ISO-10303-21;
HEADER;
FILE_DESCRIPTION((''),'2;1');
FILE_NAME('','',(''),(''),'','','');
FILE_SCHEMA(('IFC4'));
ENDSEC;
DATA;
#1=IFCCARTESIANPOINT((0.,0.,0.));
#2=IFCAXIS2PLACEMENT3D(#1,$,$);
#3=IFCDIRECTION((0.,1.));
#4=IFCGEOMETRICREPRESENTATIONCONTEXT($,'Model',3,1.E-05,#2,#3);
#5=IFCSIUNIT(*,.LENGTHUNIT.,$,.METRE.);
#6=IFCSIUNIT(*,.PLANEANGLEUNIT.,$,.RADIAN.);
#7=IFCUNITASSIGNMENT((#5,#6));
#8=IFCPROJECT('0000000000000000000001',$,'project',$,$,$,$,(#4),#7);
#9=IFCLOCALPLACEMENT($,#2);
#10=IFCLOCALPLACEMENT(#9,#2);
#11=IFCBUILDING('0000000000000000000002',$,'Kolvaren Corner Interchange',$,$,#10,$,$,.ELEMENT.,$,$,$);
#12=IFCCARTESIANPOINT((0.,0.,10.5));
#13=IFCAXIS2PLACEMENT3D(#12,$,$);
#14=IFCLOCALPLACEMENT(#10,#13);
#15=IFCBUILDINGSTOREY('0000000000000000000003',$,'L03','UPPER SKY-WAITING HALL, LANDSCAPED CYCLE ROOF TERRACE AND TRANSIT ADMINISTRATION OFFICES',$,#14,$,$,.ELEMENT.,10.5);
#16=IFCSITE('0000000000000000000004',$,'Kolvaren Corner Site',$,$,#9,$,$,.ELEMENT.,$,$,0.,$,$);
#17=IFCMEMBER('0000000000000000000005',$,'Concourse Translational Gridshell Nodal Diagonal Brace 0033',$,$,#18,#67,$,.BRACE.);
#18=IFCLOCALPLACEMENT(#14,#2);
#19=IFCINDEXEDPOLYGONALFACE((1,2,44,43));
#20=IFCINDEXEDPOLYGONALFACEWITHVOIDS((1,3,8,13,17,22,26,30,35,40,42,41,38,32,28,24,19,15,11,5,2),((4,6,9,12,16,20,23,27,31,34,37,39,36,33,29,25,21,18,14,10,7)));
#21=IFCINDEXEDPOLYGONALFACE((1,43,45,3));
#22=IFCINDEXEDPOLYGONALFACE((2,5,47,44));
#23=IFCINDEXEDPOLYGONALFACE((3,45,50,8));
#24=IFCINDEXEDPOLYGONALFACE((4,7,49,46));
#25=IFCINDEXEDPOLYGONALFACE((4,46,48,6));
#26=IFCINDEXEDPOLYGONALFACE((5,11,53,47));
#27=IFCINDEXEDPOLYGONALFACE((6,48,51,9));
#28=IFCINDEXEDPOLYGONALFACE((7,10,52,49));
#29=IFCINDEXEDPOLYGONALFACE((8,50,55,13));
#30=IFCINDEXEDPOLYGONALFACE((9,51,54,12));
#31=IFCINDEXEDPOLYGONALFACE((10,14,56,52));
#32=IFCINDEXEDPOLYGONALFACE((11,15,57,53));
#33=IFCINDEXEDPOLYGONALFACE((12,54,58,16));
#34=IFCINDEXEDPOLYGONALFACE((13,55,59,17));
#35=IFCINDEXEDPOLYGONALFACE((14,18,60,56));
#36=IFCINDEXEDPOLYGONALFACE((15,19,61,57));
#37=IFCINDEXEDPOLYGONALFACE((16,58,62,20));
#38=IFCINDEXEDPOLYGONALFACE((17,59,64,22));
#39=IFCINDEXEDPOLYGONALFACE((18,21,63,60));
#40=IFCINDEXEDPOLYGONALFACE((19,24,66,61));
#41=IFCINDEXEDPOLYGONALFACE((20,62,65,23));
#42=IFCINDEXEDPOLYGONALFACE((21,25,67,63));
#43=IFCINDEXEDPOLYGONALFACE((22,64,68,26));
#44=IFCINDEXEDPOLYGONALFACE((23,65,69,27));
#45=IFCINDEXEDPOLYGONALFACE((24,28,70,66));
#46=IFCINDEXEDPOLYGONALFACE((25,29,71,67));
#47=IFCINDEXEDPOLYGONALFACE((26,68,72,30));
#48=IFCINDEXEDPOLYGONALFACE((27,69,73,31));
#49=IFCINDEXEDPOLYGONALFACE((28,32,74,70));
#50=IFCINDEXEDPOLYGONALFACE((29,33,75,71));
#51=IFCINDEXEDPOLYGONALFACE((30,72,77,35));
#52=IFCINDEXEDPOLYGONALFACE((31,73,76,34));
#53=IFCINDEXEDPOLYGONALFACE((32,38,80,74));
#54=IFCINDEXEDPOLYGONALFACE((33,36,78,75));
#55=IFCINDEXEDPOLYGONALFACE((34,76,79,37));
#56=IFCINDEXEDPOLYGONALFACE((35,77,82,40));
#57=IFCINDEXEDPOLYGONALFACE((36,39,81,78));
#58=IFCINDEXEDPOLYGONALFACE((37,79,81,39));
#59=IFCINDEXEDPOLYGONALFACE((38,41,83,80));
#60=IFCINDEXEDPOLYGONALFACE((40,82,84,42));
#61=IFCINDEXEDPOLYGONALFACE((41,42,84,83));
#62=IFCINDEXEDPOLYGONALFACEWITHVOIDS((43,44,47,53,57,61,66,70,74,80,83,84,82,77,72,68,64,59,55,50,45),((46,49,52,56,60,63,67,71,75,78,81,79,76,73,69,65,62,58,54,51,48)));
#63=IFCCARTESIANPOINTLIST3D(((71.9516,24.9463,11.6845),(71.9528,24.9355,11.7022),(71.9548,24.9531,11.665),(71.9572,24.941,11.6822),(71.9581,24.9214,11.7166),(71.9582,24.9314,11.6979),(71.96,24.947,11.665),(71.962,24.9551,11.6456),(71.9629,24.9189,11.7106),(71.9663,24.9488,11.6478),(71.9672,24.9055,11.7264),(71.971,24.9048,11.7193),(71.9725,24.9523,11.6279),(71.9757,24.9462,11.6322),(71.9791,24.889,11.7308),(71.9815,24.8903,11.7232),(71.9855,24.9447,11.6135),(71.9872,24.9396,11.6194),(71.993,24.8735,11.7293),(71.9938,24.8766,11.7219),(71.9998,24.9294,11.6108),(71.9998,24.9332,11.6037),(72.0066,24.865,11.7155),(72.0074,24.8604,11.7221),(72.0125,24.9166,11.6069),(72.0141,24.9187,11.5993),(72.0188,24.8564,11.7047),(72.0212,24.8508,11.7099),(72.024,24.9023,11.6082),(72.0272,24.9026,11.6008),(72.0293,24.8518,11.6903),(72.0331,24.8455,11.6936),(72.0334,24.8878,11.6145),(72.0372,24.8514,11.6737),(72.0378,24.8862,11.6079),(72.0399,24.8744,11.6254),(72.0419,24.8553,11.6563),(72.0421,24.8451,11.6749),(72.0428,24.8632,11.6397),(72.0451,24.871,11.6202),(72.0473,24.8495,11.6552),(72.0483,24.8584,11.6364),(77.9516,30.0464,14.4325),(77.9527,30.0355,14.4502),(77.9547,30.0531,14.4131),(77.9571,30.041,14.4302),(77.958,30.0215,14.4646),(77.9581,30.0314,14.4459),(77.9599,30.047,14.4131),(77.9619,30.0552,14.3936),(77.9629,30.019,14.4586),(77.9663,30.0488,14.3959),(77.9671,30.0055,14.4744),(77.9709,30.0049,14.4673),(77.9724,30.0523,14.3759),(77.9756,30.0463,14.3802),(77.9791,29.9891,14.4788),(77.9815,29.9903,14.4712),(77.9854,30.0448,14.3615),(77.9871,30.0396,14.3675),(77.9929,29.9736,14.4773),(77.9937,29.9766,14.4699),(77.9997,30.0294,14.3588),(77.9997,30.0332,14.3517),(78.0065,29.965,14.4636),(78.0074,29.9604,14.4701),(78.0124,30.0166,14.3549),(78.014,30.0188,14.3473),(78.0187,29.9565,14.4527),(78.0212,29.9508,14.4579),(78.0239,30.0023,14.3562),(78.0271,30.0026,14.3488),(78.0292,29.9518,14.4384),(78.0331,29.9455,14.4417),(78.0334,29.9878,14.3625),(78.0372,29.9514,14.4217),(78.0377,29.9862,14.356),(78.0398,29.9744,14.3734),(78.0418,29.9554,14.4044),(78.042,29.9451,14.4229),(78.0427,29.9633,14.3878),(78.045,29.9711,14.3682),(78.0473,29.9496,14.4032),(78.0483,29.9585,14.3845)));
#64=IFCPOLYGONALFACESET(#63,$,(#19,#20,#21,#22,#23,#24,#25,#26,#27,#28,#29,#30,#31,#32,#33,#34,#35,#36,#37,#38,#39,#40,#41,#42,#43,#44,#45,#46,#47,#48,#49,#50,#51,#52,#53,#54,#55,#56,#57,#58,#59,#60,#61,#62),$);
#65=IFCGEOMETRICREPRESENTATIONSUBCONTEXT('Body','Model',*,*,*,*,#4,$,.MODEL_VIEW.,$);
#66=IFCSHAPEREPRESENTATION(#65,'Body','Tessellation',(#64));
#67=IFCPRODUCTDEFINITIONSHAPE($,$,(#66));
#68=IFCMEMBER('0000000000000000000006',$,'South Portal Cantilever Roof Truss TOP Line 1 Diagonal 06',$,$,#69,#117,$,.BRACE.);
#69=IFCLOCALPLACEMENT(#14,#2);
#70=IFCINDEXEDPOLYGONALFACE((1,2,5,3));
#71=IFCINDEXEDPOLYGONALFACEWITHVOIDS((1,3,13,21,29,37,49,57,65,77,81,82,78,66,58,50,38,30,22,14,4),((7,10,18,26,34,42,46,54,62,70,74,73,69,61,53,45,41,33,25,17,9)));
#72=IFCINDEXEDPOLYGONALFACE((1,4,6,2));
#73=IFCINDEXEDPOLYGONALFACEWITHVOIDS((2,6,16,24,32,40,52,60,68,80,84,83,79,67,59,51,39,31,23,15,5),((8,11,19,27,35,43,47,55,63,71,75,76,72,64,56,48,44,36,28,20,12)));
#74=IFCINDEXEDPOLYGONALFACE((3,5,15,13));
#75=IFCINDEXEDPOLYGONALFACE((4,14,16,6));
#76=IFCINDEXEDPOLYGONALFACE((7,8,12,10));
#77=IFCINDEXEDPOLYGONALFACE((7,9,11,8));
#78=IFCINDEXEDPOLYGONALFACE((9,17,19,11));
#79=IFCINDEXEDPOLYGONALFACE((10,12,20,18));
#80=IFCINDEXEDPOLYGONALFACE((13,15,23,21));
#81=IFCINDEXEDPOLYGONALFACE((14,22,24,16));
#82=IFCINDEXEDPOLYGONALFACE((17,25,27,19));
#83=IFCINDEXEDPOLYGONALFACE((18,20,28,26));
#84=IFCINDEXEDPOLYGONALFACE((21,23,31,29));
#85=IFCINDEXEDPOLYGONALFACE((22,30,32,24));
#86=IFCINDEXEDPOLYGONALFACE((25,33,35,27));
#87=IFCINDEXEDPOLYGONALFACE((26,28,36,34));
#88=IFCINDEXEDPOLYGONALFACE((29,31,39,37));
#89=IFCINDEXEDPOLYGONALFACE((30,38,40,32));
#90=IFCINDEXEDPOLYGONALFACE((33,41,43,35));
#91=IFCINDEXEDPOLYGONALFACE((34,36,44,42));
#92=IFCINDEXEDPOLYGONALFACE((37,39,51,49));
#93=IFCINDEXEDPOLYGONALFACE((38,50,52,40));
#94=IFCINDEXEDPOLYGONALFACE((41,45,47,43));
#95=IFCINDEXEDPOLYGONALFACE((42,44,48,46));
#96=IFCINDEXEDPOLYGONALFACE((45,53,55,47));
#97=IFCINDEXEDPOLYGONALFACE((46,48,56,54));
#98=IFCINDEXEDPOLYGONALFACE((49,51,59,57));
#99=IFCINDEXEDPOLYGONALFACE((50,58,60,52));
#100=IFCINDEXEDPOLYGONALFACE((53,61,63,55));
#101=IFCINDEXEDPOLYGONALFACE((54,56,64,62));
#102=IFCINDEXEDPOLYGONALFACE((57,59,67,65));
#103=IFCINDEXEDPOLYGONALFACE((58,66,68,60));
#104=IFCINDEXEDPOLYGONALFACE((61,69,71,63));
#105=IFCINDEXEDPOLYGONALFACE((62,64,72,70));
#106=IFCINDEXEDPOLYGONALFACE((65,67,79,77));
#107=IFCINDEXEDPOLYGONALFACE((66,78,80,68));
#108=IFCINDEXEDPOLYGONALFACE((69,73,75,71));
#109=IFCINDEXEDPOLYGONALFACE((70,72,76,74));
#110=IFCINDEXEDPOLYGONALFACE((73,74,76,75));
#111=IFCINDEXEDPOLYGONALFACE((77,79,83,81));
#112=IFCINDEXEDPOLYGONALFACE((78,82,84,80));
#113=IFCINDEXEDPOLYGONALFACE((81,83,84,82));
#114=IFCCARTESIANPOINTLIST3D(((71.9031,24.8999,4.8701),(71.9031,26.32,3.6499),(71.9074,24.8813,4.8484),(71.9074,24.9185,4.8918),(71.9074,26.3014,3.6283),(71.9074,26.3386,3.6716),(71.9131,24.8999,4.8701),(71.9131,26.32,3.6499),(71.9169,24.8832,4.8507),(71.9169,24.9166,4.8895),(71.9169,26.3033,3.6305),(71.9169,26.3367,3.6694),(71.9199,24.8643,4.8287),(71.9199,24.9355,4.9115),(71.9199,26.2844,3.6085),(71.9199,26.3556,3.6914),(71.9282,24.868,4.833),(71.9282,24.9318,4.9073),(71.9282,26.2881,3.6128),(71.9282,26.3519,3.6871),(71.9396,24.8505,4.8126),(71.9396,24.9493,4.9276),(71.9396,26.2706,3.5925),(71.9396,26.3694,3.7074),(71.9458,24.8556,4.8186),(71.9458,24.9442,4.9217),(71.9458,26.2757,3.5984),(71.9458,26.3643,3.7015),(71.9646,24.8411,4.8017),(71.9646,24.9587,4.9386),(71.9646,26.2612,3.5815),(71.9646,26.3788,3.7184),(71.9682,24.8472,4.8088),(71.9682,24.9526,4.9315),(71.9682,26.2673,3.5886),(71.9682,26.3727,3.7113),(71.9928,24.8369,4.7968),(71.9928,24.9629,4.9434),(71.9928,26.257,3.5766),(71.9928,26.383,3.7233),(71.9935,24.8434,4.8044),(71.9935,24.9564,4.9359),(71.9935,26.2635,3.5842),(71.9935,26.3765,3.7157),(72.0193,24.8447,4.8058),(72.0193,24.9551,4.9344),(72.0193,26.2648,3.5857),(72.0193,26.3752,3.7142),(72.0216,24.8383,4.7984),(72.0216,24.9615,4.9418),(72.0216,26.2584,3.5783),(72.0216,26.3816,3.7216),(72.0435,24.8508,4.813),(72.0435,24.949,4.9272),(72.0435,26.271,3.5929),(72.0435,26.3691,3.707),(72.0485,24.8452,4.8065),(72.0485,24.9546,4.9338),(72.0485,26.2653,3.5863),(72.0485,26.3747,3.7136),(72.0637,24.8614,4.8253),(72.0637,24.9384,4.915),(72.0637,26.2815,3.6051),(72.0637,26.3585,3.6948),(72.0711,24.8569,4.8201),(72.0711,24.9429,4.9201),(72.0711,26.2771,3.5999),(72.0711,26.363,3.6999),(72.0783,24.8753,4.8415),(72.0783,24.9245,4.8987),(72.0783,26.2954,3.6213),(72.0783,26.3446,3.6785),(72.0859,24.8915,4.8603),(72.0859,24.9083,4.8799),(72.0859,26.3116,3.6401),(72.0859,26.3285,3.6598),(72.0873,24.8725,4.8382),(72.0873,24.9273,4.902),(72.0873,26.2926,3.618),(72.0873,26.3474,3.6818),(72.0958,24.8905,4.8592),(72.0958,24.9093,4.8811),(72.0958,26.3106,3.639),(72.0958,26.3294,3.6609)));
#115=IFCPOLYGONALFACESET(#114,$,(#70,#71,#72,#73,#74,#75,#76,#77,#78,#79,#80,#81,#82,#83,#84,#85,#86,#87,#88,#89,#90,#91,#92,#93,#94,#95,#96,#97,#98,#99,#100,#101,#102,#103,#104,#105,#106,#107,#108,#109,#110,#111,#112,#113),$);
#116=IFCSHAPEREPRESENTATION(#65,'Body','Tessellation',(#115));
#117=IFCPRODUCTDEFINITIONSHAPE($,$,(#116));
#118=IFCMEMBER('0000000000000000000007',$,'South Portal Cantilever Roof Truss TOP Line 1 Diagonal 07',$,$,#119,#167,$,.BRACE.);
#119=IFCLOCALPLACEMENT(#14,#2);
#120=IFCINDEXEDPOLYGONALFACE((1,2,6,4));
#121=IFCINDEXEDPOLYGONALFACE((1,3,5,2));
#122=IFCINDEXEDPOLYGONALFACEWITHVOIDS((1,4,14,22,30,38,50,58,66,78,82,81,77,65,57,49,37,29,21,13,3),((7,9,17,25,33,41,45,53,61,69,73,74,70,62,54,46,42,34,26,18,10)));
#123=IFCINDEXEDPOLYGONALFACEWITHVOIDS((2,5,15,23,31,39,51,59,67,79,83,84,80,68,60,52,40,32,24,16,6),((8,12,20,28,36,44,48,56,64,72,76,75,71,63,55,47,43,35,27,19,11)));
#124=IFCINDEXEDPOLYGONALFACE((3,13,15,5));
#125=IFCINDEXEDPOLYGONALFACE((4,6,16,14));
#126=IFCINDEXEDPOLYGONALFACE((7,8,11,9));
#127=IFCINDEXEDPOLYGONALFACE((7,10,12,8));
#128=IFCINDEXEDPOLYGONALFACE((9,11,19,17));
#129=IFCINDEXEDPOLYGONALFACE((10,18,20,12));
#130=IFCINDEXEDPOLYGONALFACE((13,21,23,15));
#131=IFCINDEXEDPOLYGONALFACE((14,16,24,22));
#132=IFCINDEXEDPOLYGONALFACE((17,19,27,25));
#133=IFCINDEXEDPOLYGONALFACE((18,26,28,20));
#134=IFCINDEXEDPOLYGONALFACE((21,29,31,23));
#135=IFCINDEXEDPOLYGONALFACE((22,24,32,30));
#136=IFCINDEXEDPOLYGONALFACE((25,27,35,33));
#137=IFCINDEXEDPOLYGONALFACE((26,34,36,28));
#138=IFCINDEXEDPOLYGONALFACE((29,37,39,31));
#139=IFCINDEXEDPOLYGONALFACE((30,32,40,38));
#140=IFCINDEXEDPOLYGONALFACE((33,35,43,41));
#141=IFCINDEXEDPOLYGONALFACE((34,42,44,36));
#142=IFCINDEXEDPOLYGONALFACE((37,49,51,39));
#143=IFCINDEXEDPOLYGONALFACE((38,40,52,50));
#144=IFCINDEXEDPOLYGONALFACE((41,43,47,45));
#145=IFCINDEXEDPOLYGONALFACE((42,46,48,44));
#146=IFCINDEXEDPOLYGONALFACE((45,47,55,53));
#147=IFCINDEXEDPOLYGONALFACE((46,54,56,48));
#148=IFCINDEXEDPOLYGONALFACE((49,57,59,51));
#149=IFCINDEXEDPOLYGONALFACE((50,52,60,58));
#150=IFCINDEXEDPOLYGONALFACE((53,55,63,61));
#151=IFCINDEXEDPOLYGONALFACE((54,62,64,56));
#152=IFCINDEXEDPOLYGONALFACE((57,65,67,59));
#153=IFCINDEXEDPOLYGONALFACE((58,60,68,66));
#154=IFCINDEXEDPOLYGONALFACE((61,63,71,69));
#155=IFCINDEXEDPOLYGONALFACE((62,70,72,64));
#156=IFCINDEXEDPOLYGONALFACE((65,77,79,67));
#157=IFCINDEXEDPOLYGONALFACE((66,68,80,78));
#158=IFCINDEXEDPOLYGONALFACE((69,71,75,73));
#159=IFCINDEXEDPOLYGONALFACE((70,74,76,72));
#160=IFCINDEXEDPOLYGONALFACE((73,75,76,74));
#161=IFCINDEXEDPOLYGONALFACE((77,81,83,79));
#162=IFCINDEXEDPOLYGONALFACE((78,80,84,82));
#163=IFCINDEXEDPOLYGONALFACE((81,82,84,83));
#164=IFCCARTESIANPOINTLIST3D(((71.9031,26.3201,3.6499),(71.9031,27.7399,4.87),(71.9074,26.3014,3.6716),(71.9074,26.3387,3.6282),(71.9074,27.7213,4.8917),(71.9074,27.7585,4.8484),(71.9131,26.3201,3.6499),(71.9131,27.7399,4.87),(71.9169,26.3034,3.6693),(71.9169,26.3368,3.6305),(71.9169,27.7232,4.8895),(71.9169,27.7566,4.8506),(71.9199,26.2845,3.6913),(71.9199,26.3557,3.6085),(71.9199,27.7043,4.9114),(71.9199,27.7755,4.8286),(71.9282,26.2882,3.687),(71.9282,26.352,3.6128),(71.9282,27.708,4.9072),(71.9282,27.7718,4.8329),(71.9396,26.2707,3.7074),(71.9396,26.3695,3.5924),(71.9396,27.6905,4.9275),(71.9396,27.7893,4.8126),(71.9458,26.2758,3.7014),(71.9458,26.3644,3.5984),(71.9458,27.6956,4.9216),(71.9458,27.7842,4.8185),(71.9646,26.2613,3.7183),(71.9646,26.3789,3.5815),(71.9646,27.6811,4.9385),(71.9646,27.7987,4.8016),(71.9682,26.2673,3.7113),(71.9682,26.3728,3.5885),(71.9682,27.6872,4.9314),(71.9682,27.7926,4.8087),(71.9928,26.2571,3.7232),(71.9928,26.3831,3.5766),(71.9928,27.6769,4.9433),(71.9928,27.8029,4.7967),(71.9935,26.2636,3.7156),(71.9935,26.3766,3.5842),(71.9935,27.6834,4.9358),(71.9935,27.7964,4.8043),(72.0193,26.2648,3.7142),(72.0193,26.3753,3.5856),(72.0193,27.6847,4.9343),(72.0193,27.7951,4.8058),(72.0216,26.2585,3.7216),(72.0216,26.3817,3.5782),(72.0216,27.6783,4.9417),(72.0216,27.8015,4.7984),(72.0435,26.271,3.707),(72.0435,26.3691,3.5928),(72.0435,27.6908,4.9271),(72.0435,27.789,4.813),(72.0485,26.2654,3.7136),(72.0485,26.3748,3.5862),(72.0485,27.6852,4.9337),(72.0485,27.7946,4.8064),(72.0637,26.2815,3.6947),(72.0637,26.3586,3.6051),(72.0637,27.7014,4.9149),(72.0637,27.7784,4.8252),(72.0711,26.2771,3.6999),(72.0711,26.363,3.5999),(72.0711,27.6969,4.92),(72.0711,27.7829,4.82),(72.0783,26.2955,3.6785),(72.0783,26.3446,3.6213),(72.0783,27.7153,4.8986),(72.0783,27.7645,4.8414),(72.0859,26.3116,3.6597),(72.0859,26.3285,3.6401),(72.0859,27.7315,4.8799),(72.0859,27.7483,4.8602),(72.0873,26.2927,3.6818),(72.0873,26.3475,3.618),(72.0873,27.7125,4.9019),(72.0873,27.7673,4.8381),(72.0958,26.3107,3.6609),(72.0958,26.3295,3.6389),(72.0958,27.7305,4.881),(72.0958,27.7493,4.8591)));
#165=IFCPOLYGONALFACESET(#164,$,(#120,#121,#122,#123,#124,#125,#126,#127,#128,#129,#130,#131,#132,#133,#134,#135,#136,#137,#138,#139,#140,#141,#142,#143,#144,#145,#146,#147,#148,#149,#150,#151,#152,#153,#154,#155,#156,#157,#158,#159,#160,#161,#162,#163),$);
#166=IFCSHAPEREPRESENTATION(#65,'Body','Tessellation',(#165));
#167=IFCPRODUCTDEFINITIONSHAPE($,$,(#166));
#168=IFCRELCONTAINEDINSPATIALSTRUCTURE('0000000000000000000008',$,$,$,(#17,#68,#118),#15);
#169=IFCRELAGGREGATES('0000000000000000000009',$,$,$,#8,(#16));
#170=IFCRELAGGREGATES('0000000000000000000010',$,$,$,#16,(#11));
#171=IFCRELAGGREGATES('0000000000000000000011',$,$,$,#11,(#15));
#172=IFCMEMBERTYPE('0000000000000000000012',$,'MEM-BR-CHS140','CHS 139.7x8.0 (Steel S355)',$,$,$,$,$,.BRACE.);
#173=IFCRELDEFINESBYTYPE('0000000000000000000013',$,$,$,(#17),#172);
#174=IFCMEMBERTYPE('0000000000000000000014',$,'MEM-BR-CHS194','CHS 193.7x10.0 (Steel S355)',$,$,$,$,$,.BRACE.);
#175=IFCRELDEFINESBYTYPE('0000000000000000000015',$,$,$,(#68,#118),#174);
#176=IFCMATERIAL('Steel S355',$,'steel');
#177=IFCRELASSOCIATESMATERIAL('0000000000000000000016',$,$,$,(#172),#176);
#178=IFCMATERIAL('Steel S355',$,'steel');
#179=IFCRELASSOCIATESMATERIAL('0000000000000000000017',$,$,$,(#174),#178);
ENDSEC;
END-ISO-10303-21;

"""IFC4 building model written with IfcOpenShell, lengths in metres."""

from ifc_helpers import new_model, si_unit, direction, frame, origin, origin_2d, place, context, subcontext, project, spatial, hollow_circle, extrude, material, material_profile, profile_set, type_object, element, save


model = new_model("IFC4")

# Units and contexts
model_context = context("Model", 3, precision=1e-05, world=origin(), true_north=direction((0.0, 1.0)))
body_context = subcontext(model_context, "Body", "Model", "MODEL_VIEW")
ifc_project = project(units=[si_unit("LENGTHUNIT", "METRE"), si_unit("PLANEANGLEUNIT", "RADIAN")], contexts=[model_context])

# Site, building, storey
site_placement = place(None, origin())
site = spatial("IfcSite", under=ifc_project, at=site_placement, Name="Kolvaren Corner Site", CompositionType="ELEMENT", RefElevation=0.0)
building_placement = place(site_placement, origin())
building = spatial("IfcBuilding", under=site, at=building_placement, Name="Kolvaren Corner Interchange", CompositionType="ELEMENT")
storey_placement = place(building_placement, frame((0.0, 0.0, 10.5)))
storey = spatial("IfcBuildingStorey", under=building, at=storey_placement, Name="L03", Description="UPPER SKY-WAITING HALL, LANDSCAPED CYCLE ROOF TERRACE AND TRANSIT ADMINISTRATION OFFICES", CompositionType="ELEMENT", Elevation=10.5)

# Members
ifc_material_1 = material(Name="Steel S355", Category="steel")
ifc_material_profile_1 = material_profile(ifc_material_1, hollow_circle(Radius=0.0698, WallThickness=0.0081, at=origin_2d()), Name="CHS 139.7x8.0")
ifc_profile_set_1 = profile_set([ifc_material_profile_1], Name="Steel S355")
member_type_1 = type_object("IfcMemberType", Name="MEM-BR-CHS140", Description="CHS 139.7x8.0 (Steel S355)", PredefinedType="BRACE", material=ifc_profile_set_1)
member_1_placement = place(storey_placement, frame((72.0, 24.8999, 11.665), z_axis=(0.719387, 0.611491, 0.329485), x_axis=(-0.647656, 0.761933, 0.0)))
element("IfcMember", 1, at=member_1_placement, inside=storey, type_object=member_type_1, Name="Concourse Translational Gridshell Nodal Diagonal Brace 0033", PredefinedType="BRACE", context=body_context, shape_type="SweptSolid", body=[
    extrude(hollow_circle(Radius=0.0698, WallThickness=0.0081, at=origin_2d()), origin(), (0.0, 0.0, 1.0), 8.3403),
])
ifc_material_2 = material(Name="Steel S355", Category="steel")
ifc_material_profile_2 = material_profile(ifc_material_2, hollow_circle(Radius=0.0969, WallThickness=0.01, at=origin_2d()), Name="CHS 193.7x10.0")
ifc_profile_set_2 = profile_set([ifc_material_profile_2], Name="Steel S355")
member_type_2 = type_object("IfcMemberType", Name="MEM-BR-CHS194", Description="CHS 193.7x10.0 (Steel S355)", PredefinedType="BRACE", material=ifc_profile_set_2)
member_2_placement = place(storey_placement, frame((72.0, 24.8999, 4.8701), z_axis=(0.0, 0.758483, -0.651693), x_axis=(-1.0, 0.0, 0.0)))
element("IfcMember", 2, at=member_2_placement, inside=storey, type_object=member_type_2, Name="South Portal Cantilever Roof Truss TOP Line 1 Diagonal 06", PredefinedType="BRACE", context=body_context, shape_type="SweptSolid", body=[
    extrude(hollow_circle(Radius=0.0969, WallThickness=0.01, at=origin_2d()), origin(), (0.0, 0.0, 1.0), 1.8723),
])
for number, where, z_axis, x_axis, name in (
    (3, (72.0, 26.3201, 3.6499), (0.0, 0.758428, 0.651757), (-1.0, 0.0, 0.0), "South Portal Cantilever Roof Truss TOP Line 1 Diagonal 07"),
):
    element("IfcMember", number, at=place(storey_placement, frame(where, z_axis=z_axis, x_axis=x_axis)), inside=storey, type_object=member_type_2, Name=name, PredefinedType="BRACE", context=body_context, shape_type="SweptSolid", body=[
        extrude(hollow_circle(Radius=0.0969, WallThickness=0.01, at=origin_2d()), origin(), (0.0, 0.0, 1.0), 1.8721),
    ])

save(model, "model.ifc")
